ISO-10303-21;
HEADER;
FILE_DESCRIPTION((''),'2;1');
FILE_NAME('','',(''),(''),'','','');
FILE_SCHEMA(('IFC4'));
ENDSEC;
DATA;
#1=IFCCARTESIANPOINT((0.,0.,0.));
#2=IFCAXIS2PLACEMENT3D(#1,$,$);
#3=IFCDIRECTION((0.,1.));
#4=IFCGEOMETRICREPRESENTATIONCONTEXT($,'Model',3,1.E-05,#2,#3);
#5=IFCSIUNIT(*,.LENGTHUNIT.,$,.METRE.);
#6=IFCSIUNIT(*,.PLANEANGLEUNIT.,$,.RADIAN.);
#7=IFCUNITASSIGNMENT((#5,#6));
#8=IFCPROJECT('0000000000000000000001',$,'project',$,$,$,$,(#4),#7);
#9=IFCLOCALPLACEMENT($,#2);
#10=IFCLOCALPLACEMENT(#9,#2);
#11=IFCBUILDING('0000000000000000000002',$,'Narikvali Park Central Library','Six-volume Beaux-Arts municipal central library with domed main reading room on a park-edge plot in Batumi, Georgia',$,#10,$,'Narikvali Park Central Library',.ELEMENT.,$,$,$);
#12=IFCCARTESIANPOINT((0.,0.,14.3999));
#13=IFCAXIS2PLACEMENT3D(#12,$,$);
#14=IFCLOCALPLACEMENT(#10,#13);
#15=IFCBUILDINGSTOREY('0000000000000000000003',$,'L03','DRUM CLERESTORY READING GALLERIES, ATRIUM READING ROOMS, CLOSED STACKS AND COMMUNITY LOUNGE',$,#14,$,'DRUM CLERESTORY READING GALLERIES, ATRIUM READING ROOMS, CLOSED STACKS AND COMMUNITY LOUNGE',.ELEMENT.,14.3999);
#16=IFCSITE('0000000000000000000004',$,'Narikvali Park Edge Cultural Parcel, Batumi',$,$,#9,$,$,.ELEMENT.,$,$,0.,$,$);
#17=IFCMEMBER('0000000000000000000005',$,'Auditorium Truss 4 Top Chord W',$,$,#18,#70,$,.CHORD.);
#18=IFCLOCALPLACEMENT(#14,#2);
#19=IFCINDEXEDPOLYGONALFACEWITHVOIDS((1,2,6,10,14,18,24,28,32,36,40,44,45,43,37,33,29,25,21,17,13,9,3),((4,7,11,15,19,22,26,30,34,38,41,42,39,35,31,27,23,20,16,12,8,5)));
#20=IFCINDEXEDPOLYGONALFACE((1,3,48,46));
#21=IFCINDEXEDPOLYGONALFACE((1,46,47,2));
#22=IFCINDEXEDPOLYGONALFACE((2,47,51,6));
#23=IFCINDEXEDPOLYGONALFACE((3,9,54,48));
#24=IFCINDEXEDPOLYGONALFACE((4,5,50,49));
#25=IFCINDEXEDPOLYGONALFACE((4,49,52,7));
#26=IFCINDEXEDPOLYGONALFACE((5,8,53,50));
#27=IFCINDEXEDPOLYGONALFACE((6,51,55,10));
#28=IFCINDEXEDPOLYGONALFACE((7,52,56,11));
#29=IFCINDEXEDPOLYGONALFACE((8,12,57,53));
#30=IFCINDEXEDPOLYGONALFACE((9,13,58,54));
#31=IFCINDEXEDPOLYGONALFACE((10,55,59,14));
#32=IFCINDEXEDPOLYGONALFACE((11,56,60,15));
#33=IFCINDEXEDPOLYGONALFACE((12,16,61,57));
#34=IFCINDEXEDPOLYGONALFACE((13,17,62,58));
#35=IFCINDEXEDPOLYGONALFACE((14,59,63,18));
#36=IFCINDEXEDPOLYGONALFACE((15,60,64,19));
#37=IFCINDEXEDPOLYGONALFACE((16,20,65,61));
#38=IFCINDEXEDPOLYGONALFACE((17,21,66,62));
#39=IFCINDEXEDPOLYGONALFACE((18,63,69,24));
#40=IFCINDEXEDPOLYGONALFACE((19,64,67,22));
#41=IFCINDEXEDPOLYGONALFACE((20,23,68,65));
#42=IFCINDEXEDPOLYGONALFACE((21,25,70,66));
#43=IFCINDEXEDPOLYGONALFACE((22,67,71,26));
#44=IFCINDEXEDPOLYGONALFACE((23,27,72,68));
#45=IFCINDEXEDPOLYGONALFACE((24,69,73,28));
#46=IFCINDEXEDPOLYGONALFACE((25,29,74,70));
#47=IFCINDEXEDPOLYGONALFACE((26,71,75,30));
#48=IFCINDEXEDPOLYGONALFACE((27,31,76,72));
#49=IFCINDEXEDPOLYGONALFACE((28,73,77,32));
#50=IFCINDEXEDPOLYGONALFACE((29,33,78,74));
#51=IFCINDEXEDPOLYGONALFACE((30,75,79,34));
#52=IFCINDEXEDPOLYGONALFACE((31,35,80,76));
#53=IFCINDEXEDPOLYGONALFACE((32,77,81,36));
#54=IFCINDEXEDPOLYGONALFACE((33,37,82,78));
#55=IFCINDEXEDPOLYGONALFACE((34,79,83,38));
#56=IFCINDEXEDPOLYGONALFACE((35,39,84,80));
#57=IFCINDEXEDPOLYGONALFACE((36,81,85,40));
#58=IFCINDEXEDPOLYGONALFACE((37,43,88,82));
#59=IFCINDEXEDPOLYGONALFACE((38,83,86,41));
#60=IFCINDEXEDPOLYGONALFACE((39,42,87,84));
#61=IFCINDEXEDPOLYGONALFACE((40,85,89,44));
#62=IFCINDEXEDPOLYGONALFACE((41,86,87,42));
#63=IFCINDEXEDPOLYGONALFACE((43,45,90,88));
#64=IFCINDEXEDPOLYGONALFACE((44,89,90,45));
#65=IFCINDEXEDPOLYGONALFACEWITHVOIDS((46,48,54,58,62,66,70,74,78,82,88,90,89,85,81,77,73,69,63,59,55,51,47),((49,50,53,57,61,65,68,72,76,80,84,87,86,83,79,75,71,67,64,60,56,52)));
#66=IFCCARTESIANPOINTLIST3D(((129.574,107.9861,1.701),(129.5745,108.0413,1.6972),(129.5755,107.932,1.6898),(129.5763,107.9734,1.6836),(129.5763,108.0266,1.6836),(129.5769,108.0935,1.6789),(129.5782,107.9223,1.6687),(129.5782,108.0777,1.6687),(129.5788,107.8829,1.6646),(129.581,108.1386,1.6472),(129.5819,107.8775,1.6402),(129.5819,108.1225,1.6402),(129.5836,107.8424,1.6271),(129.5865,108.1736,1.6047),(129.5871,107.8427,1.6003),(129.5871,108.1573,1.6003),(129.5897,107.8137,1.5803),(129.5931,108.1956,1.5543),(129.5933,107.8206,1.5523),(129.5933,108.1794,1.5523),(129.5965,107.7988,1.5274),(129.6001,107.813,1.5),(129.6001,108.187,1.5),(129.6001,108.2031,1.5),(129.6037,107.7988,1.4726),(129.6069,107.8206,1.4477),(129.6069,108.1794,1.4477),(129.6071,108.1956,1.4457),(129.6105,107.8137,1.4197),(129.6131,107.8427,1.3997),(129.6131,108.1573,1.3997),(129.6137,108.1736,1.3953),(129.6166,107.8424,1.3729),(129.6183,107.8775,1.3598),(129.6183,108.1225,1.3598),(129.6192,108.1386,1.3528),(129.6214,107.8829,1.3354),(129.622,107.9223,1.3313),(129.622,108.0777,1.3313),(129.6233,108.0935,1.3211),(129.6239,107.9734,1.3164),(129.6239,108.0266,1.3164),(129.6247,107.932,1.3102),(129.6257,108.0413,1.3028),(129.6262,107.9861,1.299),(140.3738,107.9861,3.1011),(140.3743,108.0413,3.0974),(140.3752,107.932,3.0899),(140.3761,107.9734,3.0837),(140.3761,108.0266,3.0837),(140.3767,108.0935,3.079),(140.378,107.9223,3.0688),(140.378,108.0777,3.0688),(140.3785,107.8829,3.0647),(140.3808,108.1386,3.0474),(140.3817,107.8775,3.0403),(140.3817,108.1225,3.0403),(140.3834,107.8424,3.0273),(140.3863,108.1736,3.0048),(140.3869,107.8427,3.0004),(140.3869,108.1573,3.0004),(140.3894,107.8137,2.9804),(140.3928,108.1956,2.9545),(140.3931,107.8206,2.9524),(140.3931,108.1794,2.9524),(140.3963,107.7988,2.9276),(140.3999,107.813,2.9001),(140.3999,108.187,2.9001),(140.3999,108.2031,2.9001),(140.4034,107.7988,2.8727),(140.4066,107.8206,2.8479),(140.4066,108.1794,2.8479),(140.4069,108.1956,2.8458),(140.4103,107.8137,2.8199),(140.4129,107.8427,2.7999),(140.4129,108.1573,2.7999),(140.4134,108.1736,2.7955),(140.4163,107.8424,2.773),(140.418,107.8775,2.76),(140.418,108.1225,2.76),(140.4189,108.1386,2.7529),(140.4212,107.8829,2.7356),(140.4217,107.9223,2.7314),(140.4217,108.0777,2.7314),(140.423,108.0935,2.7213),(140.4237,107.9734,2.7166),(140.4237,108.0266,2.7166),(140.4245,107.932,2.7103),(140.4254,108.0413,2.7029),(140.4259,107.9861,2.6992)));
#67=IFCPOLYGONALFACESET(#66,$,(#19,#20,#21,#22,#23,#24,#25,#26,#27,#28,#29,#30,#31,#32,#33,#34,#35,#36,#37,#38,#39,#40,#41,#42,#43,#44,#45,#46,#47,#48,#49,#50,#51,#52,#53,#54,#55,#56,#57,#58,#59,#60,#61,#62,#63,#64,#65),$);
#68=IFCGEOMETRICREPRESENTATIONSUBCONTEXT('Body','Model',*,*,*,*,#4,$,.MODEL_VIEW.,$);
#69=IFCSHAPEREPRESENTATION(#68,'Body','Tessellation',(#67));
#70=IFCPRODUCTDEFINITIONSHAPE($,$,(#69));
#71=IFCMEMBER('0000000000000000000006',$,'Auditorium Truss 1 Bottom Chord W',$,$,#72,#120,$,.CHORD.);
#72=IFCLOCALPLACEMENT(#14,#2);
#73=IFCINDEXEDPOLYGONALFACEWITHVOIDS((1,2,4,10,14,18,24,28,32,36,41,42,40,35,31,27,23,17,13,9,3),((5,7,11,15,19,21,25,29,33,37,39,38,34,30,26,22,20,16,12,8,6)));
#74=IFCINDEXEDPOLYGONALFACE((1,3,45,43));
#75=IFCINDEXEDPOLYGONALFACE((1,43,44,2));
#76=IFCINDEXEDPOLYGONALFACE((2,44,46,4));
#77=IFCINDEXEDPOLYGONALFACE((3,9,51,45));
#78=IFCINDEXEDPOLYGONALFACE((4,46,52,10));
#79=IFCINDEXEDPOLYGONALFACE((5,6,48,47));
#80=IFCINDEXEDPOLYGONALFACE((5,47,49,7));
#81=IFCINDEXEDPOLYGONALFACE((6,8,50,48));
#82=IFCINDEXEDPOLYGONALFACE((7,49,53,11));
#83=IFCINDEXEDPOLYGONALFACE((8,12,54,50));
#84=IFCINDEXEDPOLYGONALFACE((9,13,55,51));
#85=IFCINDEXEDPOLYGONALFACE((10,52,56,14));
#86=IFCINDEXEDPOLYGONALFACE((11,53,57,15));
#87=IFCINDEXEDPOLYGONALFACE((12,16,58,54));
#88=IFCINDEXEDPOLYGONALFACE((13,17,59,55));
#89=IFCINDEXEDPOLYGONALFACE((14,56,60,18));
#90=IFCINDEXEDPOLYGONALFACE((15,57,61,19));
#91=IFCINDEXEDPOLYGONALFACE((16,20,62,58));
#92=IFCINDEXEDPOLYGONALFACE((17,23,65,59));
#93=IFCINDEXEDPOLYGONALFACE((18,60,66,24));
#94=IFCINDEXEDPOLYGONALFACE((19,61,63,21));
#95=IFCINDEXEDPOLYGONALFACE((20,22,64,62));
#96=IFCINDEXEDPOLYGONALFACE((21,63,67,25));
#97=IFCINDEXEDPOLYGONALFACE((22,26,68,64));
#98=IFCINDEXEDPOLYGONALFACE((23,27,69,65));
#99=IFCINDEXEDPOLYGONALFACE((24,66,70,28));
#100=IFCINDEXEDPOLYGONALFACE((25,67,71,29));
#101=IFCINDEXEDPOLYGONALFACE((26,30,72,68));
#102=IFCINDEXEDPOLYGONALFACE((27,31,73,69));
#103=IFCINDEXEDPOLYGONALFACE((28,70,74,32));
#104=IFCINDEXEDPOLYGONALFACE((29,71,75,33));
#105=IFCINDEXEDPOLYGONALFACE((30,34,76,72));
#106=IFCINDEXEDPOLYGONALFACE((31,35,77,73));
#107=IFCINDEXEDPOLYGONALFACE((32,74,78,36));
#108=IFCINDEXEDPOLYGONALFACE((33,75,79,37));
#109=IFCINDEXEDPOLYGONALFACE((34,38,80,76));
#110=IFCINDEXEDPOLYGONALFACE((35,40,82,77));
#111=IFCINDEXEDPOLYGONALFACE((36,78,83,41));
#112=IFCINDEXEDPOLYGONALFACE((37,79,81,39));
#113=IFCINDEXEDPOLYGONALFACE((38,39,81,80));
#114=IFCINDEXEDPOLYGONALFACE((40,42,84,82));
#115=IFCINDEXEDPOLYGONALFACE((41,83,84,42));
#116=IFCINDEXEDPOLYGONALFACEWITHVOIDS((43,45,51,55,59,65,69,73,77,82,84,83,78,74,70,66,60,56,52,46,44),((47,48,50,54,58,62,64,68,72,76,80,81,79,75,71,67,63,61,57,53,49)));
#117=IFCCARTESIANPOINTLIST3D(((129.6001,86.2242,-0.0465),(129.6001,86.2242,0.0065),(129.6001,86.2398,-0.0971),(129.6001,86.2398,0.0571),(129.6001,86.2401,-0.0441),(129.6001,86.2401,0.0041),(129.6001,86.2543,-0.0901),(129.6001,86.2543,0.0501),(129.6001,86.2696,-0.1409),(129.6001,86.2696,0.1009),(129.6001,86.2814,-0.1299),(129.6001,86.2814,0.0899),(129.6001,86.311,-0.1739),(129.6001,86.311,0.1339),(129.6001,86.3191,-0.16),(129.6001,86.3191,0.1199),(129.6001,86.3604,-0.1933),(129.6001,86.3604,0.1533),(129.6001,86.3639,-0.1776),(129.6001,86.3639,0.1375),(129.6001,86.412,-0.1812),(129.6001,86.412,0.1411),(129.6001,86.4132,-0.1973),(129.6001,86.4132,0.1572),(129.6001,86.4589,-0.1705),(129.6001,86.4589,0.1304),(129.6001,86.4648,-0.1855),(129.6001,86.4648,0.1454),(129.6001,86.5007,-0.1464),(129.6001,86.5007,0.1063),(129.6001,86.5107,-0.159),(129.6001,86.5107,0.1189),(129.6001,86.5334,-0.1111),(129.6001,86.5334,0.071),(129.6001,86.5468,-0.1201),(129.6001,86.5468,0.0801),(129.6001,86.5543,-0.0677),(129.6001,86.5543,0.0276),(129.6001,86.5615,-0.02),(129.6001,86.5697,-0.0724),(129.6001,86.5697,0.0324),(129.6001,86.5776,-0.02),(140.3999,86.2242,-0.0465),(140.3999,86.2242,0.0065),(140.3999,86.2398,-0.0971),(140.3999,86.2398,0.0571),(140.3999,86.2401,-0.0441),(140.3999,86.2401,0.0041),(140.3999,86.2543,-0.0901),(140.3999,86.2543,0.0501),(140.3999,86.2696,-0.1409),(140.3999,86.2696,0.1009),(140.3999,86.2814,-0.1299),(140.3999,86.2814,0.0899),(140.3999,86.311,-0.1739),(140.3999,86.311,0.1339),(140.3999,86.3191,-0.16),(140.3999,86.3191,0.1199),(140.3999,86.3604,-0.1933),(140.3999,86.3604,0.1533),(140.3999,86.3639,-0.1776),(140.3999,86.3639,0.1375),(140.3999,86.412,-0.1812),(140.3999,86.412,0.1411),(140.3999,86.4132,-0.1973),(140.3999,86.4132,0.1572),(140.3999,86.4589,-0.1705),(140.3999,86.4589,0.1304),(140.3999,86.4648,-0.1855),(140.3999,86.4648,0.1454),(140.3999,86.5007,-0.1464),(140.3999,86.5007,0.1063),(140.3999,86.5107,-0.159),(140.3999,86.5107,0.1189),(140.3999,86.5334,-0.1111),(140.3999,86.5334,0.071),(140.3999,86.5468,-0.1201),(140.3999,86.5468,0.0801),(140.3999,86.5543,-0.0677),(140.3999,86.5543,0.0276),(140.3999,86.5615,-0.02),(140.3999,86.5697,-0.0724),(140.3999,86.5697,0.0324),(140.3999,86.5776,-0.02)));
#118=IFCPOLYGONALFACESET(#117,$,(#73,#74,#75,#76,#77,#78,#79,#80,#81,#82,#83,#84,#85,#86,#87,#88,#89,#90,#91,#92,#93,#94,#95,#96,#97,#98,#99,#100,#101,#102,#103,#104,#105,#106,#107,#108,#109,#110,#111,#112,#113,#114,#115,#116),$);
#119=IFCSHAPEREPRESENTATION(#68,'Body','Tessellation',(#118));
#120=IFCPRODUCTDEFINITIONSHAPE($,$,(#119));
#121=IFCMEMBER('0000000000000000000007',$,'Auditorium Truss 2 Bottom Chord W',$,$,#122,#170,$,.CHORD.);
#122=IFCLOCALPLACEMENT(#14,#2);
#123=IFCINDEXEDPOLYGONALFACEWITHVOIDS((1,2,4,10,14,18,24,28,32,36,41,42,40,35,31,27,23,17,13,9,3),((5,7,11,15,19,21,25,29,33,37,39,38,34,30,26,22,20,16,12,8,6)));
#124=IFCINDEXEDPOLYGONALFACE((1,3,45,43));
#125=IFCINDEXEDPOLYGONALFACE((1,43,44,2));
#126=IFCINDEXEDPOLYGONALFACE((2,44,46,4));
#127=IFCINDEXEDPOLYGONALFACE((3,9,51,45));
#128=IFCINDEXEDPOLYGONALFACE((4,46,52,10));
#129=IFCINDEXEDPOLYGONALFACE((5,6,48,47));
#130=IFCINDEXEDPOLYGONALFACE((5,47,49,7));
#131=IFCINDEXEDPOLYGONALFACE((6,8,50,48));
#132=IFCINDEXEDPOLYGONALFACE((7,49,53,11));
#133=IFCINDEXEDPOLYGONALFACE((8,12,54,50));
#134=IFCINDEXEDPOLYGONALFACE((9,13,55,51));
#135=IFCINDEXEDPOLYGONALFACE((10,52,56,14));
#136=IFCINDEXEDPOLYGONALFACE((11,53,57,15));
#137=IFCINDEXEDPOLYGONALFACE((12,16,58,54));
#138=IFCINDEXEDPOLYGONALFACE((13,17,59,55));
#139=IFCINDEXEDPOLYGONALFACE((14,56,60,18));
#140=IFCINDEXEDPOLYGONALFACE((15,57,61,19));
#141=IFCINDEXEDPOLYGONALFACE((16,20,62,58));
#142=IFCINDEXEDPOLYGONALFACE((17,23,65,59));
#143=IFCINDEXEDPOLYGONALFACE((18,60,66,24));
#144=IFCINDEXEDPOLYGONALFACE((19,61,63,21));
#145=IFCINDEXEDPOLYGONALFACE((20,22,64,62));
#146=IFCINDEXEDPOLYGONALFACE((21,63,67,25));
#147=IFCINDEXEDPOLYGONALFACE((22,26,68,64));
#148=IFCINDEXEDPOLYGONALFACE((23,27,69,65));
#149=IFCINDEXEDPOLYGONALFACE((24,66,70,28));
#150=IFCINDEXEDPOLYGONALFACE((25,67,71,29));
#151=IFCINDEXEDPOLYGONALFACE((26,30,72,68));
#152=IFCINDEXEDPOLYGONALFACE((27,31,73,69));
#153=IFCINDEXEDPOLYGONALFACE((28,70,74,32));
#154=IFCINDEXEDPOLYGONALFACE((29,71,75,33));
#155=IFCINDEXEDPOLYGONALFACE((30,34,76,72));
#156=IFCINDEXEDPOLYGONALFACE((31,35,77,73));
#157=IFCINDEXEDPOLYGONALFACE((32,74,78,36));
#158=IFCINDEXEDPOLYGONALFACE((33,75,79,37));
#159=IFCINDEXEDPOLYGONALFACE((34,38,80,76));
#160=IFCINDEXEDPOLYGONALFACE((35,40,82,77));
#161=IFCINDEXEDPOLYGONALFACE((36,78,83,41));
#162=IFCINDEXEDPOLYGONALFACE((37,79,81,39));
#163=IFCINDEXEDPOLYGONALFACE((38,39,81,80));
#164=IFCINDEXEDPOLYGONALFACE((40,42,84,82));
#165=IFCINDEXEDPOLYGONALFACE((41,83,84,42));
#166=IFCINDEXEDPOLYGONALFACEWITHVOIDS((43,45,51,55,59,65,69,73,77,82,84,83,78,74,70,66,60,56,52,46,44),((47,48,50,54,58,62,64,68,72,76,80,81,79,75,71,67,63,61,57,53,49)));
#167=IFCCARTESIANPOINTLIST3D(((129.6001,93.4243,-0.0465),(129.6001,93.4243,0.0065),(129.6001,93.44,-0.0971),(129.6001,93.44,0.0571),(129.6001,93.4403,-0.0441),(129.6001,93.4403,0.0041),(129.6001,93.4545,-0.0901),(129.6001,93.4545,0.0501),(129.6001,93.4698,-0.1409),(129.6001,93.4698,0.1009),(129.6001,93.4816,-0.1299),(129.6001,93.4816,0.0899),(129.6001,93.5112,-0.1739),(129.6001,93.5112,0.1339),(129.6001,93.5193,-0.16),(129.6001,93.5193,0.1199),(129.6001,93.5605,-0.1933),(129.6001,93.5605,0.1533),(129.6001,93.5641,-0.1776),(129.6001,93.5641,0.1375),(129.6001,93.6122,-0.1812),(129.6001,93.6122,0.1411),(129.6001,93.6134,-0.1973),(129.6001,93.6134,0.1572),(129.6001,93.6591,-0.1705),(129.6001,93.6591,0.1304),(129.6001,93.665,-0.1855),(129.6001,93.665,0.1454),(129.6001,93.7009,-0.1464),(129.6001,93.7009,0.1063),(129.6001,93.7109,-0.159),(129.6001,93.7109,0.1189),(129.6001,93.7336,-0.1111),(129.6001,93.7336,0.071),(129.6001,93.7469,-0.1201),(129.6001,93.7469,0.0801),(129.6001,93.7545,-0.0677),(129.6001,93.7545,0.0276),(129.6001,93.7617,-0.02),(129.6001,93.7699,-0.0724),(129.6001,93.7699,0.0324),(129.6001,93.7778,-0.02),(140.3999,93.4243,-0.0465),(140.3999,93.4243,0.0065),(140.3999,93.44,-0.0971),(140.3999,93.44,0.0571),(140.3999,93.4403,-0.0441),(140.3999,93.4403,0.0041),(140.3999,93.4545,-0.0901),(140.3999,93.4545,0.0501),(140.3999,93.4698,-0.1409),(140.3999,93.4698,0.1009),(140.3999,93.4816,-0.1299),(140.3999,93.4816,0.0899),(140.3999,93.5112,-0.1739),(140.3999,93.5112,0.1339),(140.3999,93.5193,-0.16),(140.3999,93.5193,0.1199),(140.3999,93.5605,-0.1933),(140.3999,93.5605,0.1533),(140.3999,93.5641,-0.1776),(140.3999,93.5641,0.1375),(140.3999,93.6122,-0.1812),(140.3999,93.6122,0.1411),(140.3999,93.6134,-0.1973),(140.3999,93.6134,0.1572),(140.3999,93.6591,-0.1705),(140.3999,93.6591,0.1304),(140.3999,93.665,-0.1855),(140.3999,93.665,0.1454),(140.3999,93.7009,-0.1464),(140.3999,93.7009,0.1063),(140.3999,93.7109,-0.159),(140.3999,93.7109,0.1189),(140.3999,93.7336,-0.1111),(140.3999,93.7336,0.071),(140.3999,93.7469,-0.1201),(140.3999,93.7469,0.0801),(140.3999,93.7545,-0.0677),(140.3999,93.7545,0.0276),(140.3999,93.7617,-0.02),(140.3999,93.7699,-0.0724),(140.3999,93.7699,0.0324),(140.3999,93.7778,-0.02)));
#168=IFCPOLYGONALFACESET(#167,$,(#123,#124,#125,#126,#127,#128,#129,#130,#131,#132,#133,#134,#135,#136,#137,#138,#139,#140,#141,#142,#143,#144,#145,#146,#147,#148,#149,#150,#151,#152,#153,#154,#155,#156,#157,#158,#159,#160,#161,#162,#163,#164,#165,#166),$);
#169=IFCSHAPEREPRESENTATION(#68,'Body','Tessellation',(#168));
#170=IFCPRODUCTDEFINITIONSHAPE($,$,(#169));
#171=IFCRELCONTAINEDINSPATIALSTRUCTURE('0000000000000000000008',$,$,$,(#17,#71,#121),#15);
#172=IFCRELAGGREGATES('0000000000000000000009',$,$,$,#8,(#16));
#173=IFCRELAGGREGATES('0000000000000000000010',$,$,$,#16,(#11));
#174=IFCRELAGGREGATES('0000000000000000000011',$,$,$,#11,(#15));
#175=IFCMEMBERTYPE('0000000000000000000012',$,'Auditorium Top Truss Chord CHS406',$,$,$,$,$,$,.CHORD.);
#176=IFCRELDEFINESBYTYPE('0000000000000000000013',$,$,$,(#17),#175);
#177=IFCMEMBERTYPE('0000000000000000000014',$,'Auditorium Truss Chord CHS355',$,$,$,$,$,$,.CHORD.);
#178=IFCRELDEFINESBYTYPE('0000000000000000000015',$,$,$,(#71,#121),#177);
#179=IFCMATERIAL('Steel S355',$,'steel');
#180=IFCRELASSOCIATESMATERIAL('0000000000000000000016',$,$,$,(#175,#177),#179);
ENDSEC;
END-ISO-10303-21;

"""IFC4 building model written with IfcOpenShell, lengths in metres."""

from ifc_helpers import new_model, si_unit, direction, frame, origin, origin_2d, place, context, subcontext, project, spatial, hollow_circle, extrude, material, material_profile, profile_set, type_object, element, save


model = new_model("IFC4")

# Units and contexts
model_context = context("Model", 3, precision=1e-05, world=origin(), true_north=direction((0.0, 1.0)))
body_context = subcontext(model_context, "Body", "Model", "MODEL_VIEW")
ifc_project = project(units=[si_unit("LENGTHUNIT", "METRE"), si_unit("PLANEANGLEUNIT", "RADIAN")], contexts=[model_context])

# Site, building, storey
site_placement = place(None, origin())
site = spatial("IfcSite", under=ifc_project, at=site_placement, Name="Narikvali Park Edge Cultural Parcel, Batumi", CompositionType="ELEMENT", RefElevation=0.0)
building_placement = place(site_placement, origin())
building = spatial("IfcBuilding", under=site, at=building_placement, Name="Narikvali Park Central Library", Description="Six-volume Beaux-Arts municipal central library with domed main reading room on a park-edge plot in Batumi, Georgia", LongName="Narikvali Park Central Library", CompositionType="ELEMENT")
storey_placement = place(building_placement, frame((0.0, 0.0, 14.3999)))
storey = spatial("IfcBuildingStorey", under=building, at=storey_placement, Name="L03", Description="DRUM CLERESTORY READING GALLERIES, ATRIUM READING ROOMS, CLOSED STACKS AND COMMUNITY LOUNGE", LongName="DRUM CLERESTORY READING GALLERIES, ATRIUM READING ROOMS, CLOSED STACKS AND COMMUNITY LOUNGE", CompositionType="ELEMENT", Elevation=14.3999)

# Shared definitions
ifc_material = material(Name="Steel S355", Category="steel")

# Members
ifc_material_profile_1 = material_profile(ifc_material, hollow_circle(Radius=0.2031, WallThickness=0.0161, at=origin_2d()), Name="CHS 406.4x16")
ifc_profile_set_1 = profile_set([ifc_material_profile_1], Name="Steel S355")
member_type_1 = type_object("IfcMemberType", Name="Auditorium Top Truss Chord CHS406", PredefinedType="CHORD", material=ifc_profile_set_1)
for number, where, z_axis, x_axis, name in (
    (1, (129.6001, 108.0, 1.5), (0.9917, 0.0, 0.12857), (0.0, 1.0, 0.0), "Auditorium Truss 4 Top Chord W"),
):
    element("IfcMember", number, at=place(storey_placement, frame(where, z_axis=z_axis, x_axis=x_axis)), inside=storey, type_object=member_type_1, Name=name, PredefinedType="CHORD", context=body_context, shape_type="SweptSolid", body=[
        extrude(hollow_circle(Radius=0.2031, WallThickness=0.0161, at=origin_2d()), origin(), (0.0, 0.0, 1.0), 10.8901),
    ])
ifc_material_profile_2 = material_profile(ifc_material, hollow_circle(Radius=0.1777, WallThickness=0.0161, at=origin_2d()), Name="CHS 355.6x16")
ifc_profile_set_2 = profile_set([ifc_material_profile_2], Name="Steel S355")
member_type_2 = type_object("IfcMemberType", Name="Auditorium Truss Chord CHS355", PredefinedType="CHORD", material=ifc_profile_set_2)
for number, where, z_axis, x_axis, name in (
    (2, (129.6001, 86.3999, -0.02), (1.0, 0.0, 0.0), (0.0, 1.0, 0.0), "Auditorium Truss 1 Bottom Chord W"),
    (3, (129.6001, 93.6001, -0.02), (1.0, 0.0, 0.0), (0.0, 1.0, 0.0), "Auditorium Truss 2 Bottom Chord W"),
):
    element("IfcMember", number, at=place(storey_placement, frame(where, z_axis=z_axis, x_axis=x_axis)), inside=storey, type_object=member_type_2, Name=name, PredefinedType="CHORD", context=body_context, shape_type="SweptSolid", body=[
        extrude(hollow_circle(Radius=0.1777, WallThickness=0.0161, at=origin_2d()), origin(), (0.0, 0.0, 1.0), 10.7998),
    ])

save(model, "model.ifc")
